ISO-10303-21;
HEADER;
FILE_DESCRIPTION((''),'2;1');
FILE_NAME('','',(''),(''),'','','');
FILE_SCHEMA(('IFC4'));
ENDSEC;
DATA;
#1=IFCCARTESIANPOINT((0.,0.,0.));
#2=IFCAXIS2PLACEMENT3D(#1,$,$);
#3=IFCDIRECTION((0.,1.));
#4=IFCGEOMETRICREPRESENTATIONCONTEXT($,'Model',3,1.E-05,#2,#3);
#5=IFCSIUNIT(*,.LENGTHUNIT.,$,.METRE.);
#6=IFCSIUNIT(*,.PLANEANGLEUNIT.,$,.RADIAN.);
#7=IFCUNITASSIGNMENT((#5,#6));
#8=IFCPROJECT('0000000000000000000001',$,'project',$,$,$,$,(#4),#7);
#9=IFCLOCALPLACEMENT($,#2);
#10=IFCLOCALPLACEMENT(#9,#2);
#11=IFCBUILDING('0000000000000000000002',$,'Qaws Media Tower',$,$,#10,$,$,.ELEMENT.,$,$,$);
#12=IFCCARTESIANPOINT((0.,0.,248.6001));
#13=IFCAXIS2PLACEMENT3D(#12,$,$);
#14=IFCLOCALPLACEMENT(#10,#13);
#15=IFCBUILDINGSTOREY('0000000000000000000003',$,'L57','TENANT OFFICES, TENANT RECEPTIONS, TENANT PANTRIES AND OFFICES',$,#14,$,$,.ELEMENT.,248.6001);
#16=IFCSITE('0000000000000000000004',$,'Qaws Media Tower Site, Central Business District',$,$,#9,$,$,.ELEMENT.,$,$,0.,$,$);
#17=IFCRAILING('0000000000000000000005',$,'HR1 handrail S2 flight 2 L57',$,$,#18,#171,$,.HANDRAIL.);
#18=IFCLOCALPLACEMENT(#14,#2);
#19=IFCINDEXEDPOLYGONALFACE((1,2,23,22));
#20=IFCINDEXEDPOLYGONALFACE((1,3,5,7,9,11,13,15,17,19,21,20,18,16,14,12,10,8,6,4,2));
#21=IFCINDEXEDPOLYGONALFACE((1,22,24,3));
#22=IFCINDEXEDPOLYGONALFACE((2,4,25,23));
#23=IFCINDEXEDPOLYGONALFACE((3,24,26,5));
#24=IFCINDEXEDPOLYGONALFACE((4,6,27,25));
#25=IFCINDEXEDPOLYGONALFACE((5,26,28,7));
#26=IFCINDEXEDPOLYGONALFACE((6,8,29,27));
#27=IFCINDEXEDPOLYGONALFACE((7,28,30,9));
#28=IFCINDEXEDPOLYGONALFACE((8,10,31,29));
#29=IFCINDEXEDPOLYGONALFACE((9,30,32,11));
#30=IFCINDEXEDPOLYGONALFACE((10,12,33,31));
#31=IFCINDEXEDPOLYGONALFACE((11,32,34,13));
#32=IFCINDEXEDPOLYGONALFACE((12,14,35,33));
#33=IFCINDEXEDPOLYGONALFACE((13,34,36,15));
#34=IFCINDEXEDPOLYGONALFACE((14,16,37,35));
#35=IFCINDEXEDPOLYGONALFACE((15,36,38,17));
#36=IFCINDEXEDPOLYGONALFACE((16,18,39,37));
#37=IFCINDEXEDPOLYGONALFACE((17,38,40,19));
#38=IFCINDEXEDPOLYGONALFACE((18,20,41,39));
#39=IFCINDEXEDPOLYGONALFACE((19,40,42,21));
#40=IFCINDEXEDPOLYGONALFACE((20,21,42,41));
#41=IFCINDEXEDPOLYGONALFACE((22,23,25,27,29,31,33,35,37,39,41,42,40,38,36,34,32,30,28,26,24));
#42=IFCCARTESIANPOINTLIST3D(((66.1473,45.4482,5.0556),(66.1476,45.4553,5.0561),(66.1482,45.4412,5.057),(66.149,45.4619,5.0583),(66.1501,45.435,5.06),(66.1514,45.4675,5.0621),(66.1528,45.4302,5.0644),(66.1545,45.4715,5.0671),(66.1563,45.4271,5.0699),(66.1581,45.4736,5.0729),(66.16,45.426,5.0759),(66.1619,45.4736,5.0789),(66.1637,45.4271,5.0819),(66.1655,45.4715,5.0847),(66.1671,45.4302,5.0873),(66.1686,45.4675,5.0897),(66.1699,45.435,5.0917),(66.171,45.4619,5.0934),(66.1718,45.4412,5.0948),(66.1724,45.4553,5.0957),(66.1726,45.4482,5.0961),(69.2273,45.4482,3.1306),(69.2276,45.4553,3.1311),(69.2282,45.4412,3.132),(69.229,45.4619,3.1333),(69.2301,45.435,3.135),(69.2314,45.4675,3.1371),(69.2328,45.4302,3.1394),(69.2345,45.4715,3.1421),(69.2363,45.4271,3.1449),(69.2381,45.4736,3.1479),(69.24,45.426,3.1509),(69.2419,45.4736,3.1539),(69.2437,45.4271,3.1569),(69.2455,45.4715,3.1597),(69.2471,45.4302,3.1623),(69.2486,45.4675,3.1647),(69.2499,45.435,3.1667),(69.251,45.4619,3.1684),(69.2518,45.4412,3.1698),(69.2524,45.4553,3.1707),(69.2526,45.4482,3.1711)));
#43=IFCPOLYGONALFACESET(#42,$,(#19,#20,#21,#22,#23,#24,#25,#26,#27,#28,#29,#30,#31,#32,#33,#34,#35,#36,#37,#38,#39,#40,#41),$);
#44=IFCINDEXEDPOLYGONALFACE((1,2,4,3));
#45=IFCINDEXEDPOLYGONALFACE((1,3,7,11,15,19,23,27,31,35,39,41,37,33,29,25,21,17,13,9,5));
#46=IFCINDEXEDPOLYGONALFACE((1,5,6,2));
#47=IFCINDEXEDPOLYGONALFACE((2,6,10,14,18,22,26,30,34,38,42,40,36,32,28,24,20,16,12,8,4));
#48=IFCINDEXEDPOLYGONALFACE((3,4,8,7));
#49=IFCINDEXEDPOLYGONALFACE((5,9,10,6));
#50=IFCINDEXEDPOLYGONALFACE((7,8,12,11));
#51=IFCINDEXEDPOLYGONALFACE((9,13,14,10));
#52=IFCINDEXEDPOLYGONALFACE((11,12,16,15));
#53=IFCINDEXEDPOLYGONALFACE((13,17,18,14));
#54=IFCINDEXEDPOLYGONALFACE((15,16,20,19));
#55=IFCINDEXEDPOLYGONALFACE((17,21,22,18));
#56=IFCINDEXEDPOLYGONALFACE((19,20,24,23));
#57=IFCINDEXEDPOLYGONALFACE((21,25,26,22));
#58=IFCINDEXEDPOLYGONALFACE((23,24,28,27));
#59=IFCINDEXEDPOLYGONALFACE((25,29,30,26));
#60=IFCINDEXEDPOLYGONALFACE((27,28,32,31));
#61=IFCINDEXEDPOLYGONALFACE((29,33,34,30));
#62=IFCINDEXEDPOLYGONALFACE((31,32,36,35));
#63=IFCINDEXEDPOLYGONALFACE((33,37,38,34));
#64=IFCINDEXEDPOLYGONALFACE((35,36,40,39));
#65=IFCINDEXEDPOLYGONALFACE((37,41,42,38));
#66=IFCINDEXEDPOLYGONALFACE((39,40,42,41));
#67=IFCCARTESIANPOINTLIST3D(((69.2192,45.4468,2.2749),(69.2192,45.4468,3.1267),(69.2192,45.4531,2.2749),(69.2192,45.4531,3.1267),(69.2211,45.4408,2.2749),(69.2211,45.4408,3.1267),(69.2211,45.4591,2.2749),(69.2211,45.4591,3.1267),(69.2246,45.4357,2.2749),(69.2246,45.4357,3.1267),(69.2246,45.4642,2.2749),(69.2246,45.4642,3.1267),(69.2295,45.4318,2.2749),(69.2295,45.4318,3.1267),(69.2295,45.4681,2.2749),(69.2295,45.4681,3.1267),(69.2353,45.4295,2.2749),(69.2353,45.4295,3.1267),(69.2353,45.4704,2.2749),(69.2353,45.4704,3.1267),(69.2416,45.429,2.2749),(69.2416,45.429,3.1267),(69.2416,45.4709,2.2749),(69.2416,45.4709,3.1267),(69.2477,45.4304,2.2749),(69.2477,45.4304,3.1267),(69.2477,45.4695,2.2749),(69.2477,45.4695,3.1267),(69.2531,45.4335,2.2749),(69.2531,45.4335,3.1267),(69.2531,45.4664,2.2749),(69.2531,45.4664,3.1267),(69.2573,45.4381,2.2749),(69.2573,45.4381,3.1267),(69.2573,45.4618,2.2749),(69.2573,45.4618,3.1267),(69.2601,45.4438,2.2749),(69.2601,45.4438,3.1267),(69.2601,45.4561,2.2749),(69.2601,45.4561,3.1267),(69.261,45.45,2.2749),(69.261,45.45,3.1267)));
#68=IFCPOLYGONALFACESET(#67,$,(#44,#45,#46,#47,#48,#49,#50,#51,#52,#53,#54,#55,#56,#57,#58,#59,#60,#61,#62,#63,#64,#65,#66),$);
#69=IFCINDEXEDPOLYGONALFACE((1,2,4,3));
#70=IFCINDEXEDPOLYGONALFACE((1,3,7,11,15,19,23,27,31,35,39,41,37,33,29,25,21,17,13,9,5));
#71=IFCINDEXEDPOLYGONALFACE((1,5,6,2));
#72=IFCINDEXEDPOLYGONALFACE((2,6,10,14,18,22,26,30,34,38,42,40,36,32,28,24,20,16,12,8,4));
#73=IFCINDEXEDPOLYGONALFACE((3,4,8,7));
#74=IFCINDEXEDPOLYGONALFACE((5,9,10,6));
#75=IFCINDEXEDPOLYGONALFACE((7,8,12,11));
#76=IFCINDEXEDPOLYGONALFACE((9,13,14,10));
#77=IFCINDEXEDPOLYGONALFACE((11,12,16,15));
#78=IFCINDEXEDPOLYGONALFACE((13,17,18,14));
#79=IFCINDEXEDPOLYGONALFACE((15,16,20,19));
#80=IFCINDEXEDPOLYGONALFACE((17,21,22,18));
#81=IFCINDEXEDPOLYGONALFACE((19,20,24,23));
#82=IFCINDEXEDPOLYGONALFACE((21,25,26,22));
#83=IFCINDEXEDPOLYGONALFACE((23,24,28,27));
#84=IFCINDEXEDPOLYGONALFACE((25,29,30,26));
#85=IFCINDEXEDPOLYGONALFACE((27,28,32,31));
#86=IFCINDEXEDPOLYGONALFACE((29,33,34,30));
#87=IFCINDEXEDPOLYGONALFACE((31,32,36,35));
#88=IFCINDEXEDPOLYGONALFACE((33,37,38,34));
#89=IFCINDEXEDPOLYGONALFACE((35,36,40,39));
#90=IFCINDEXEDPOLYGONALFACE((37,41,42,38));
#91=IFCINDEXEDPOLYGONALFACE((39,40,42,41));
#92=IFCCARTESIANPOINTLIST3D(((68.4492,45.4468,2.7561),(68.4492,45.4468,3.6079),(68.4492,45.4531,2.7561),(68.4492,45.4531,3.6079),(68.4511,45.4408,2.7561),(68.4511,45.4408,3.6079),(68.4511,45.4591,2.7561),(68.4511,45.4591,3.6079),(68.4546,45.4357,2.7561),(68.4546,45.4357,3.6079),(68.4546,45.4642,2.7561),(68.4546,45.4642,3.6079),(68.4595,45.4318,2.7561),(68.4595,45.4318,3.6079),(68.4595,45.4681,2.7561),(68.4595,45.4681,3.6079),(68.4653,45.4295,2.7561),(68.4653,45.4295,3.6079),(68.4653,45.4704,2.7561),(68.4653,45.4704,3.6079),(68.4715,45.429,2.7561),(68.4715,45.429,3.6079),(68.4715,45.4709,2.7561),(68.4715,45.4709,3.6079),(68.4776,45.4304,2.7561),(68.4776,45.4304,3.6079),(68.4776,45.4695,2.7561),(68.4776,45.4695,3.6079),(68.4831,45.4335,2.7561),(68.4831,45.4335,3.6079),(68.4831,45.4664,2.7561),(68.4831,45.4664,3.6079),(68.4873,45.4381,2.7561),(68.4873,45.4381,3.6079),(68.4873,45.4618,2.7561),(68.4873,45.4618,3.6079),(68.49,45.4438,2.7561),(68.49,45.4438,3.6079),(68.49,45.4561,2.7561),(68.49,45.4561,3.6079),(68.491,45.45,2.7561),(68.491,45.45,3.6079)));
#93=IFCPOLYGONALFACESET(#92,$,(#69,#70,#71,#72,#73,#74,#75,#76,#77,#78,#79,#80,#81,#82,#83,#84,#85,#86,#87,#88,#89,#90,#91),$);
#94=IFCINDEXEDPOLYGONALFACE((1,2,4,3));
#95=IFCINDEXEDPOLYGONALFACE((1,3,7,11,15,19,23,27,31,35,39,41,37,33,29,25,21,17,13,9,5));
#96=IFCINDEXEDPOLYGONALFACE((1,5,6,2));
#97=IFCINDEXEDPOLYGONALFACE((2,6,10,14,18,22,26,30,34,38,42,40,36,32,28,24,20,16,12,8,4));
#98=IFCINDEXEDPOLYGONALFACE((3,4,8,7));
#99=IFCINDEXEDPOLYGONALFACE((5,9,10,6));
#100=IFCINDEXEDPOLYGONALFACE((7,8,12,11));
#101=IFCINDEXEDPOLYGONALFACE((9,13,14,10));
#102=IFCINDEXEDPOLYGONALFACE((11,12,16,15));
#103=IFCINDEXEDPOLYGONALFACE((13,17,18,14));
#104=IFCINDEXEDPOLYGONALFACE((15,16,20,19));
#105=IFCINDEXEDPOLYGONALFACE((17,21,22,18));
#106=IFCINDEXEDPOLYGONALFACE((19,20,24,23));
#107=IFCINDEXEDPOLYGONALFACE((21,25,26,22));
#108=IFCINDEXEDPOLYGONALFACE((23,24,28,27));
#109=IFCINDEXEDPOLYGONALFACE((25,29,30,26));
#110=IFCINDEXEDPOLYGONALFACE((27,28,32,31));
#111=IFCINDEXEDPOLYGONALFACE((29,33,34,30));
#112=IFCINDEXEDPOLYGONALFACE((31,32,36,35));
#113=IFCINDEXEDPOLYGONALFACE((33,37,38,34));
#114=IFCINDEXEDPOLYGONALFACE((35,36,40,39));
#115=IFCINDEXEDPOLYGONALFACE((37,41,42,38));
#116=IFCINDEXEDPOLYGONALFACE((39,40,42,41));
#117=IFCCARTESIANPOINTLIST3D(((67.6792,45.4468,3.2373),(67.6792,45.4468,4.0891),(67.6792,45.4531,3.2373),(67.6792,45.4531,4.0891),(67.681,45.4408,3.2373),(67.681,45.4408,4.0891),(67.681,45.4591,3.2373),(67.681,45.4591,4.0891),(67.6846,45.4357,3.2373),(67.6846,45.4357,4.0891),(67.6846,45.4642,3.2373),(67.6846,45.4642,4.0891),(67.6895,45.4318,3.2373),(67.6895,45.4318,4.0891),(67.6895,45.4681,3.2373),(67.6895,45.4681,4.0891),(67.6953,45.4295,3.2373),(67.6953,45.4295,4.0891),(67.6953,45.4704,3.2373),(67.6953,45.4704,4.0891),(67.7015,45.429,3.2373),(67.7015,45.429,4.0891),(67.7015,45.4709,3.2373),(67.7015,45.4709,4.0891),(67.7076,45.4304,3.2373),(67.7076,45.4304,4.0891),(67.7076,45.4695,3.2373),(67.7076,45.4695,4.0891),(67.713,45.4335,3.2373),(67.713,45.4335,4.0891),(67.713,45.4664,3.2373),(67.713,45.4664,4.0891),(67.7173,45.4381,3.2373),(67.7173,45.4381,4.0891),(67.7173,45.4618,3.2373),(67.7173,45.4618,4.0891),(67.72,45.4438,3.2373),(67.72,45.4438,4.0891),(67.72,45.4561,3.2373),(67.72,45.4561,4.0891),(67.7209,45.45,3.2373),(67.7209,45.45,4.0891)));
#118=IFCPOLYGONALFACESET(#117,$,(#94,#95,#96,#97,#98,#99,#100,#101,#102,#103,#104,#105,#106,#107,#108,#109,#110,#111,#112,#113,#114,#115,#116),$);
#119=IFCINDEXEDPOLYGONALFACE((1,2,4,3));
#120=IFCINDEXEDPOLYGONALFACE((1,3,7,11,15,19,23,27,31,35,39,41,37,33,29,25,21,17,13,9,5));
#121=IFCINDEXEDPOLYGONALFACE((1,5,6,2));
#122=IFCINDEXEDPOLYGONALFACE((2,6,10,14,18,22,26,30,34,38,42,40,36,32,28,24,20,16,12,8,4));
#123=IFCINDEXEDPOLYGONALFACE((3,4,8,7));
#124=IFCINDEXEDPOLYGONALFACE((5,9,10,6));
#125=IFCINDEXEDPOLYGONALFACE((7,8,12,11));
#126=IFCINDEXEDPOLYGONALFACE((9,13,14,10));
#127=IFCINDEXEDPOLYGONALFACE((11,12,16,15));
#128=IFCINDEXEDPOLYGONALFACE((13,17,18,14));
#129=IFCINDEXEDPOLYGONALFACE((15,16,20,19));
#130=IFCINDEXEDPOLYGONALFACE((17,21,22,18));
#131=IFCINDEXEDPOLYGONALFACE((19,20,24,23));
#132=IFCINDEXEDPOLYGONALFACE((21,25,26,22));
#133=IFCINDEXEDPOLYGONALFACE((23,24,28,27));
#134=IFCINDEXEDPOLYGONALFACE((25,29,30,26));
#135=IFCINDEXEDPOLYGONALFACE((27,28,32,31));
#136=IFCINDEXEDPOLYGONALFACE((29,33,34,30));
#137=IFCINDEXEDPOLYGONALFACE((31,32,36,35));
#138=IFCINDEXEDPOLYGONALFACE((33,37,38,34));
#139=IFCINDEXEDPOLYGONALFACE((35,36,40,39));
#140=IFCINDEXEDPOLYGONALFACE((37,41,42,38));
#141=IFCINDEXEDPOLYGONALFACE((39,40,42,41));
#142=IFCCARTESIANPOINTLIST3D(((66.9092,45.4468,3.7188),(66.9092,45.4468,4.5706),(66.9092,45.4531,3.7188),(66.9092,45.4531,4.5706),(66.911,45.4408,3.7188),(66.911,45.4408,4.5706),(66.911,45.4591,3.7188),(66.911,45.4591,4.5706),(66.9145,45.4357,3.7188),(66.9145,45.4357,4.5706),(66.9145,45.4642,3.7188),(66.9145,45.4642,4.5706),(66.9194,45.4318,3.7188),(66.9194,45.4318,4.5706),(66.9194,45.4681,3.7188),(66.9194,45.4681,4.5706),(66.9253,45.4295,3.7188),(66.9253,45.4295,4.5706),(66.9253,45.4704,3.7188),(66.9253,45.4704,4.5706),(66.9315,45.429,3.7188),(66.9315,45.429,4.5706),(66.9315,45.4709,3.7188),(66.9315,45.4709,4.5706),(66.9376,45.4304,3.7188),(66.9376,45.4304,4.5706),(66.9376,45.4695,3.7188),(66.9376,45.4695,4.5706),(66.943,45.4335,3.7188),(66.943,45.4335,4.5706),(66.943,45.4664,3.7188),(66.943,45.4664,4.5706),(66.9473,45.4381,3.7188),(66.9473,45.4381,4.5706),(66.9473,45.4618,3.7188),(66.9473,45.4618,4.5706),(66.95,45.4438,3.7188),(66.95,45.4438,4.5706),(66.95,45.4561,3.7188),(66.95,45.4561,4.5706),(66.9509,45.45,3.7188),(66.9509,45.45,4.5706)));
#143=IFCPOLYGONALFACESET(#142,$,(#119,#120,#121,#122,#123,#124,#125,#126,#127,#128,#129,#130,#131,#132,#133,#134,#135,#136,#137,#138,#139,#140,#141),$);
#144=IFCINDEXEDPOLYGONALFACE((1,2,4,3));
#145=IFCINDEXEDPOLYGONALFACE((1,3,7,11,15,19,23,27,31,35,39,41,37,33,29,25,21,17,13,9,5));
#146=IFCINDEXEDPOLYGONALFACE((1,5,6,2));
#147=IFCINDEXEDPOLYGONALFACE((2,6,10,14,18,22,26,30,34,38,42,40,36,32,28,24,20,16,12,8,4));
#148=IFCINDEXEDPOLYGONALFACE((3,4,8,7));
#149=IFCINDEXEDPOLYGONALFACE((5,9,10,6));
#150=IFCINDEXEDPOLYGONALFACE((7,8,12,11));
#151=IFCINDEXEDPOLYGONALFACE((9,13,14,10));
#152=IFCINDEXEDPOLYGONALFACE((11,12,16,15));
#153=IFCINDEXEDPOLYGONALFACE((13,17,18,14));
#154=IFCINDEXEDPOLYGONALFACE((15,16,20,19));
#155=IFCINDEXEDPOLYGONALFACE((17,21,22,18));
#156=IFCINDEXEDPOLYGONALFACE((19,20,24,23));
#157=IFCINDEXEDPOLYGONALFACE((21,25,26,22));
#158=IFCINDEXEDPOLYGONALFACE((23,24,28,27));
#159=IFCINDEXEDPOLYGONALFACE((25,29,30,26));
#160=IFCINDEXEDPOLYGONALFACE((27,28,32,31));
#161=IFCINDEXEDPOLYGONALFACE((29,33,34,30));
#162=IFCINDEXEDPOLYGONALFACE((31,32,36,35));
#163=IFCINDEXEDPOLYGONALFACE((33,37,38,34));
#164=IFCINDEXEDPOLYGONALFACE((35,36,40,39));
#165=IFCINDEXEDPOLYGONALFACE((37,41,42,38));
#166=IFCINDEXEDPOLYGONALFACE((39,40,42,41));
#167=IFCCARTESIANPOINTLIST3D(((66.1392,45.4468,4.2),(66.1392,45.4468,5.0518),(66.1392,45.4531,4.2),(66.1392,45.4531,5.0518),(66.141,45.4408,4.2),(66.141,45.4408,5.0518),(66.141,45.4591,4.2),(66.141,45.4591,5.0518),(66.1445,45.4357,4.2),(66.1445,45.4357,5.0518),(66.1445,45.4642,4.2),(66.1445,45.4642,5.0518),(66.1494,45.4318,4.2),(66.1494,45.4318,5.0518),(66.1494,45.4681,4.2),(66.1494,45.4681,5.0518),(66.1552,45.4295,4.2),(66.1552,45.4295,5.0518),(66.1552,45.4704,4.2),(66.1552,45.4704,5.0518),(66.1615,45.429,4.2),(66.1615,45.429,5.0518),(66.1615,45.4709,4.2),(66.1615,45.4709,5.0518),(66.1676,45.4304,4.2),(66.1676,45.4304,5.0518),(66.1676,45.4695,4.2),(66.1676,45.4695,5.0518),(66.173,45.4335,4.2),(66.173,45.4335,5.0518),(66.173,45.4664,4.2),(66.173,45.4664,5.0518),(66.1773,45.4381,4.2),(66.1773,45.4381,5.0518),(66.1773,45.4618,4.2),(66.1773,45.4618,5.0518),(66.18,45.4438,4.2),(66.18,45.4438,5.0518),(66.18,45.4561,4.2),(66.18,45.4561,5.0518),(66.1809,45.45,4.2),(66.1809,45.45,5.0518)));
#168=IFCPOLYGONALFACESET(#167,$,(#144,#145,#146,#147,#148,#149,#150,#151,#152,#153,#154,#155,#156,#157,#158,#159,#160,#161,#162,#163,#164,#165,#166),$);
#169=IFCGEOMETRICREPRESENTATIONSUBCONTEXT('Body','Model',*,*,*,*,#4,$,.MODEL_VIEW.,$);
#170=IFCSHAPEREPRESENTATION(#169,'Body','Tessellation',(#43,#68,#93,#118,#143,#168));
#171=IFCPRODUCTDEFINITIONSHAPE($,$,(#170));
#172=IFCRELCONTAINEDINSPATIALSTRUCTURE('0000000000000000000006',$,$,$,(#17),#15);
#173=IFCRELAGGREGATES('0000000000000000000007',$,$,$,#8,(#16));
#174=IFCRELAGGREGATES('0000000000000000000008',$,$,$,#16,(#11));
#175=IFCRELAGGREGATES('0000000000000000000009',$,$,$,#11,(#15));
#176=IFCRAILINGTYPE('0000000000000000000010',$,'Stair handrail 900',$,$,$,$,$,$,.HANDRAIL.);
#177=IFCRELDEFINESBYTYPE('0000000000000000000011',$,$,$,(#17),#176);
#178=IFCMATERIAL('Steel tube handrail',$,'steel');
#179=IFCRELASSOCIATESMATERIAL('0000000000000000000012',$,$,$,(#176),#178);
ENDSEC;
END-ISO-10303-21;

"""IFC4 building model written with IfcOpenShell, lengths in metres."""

from ifc_helpers import new_model, si_unit, direction, frame, origin, origin_2d, place, context, subcontext, project, spatial, circle, extrude, material, type_object, element, save


model = new_model("IFC4")

# Units and contexts
model_context = context("Model", 3, precision=1e-05, world=origin(), true_north=direction((0.0, 1.0)))
body_context = subcontext(model_context, "Body", "Model", "MODEL_VIEW")
ifc_project = project(units=[si_unit("LENGTHUNIT", "METRE"), si_unit("PLANEANGLEUNIT", "RADIAN")], contexts=[model_context])

# Site, building, storey
site_placement = place(None, origin())
site = spatial("IfcSite", under=ifc_project, at=site_placement, Name="Qaws Media Tower Site, Central Business District", CompositionType="ELEMENT", RefElevation=0.0)
building_placement = place(site_placement, origin())
building = spatial("IfcBuilding", under=site, at=building_placement, Name="Qaws Media Tower", CompositionType="ELEMENT")
storey_placement = place(building_placement, frame((0.0, 0.0, 248.6001)))
storey = spatial("IfcBuildingStorey", under=building, at=storey_placement, Name="L57", Description="TENANT OFFICES, TENANT RECEPTIONS, TENANT PANTRIES AND OFFICES", CompositionType="ELEMENT", Elevation=248.6001)

# Railing
ifc_material_1 = material(Name="Steel tube handrail", Category="steel")
railing_type = type_object("IfcRailingType", Name="Stair handrail 900", PredefinedType="HANDRAIL", material=ifc_material_1)
for number, where, name in (
    (1, (69.24, 45.45, 2.2749), "HR1 handrail S2 flight 2 L57"),
):
    element("IfcRailing", number, at=place(storey_placement, frame(where)), inside=storey, type_object=railing_type, Name=name, PredefinedType="HANDRAIL", context=body_context, shape_type="SweptSolid", body=[
        extrude(circle(Radius=0.0239, at=origin_2d()), frame((0.0, 0.0, 0.876), z_axis=(-0.847998, 0.0, 0.529999), x_axis=(0.0, -1.0, 0.0)), (0.0, 0.0, 1.0), 3.6321),
        extrude(circle(Radius=0.021, at=origin_2d()), origin(), (0.0, 0.0, 1.0), 0.8518),
        extrude(circle(Radius=0.021, at=origin_2d()), frame((-0.77, 0.0, 0.4812)), (0.0, 0.0, 1.0), 0.8518),
        extrude(circle(Radius=0.021, at=origin_2d()), frame((-1.54, 0.0, 0.9624)), (0.0, 0.0, 1.0), 0.8518),
        extrude(circle(Radius=0.021, at=origin_2d()), frame((-2.3101, 0.0, 1.4438)), (0.0, 0.0, 1.0), 0.8518),
        extrude(circle(Radius=0.021, at=origin_2d()), frame((-3.0801, 0.0, 1.925)), (0.0, 0.0, 1.0), 0.8518),
    ])

save(model, "model.ifc")
